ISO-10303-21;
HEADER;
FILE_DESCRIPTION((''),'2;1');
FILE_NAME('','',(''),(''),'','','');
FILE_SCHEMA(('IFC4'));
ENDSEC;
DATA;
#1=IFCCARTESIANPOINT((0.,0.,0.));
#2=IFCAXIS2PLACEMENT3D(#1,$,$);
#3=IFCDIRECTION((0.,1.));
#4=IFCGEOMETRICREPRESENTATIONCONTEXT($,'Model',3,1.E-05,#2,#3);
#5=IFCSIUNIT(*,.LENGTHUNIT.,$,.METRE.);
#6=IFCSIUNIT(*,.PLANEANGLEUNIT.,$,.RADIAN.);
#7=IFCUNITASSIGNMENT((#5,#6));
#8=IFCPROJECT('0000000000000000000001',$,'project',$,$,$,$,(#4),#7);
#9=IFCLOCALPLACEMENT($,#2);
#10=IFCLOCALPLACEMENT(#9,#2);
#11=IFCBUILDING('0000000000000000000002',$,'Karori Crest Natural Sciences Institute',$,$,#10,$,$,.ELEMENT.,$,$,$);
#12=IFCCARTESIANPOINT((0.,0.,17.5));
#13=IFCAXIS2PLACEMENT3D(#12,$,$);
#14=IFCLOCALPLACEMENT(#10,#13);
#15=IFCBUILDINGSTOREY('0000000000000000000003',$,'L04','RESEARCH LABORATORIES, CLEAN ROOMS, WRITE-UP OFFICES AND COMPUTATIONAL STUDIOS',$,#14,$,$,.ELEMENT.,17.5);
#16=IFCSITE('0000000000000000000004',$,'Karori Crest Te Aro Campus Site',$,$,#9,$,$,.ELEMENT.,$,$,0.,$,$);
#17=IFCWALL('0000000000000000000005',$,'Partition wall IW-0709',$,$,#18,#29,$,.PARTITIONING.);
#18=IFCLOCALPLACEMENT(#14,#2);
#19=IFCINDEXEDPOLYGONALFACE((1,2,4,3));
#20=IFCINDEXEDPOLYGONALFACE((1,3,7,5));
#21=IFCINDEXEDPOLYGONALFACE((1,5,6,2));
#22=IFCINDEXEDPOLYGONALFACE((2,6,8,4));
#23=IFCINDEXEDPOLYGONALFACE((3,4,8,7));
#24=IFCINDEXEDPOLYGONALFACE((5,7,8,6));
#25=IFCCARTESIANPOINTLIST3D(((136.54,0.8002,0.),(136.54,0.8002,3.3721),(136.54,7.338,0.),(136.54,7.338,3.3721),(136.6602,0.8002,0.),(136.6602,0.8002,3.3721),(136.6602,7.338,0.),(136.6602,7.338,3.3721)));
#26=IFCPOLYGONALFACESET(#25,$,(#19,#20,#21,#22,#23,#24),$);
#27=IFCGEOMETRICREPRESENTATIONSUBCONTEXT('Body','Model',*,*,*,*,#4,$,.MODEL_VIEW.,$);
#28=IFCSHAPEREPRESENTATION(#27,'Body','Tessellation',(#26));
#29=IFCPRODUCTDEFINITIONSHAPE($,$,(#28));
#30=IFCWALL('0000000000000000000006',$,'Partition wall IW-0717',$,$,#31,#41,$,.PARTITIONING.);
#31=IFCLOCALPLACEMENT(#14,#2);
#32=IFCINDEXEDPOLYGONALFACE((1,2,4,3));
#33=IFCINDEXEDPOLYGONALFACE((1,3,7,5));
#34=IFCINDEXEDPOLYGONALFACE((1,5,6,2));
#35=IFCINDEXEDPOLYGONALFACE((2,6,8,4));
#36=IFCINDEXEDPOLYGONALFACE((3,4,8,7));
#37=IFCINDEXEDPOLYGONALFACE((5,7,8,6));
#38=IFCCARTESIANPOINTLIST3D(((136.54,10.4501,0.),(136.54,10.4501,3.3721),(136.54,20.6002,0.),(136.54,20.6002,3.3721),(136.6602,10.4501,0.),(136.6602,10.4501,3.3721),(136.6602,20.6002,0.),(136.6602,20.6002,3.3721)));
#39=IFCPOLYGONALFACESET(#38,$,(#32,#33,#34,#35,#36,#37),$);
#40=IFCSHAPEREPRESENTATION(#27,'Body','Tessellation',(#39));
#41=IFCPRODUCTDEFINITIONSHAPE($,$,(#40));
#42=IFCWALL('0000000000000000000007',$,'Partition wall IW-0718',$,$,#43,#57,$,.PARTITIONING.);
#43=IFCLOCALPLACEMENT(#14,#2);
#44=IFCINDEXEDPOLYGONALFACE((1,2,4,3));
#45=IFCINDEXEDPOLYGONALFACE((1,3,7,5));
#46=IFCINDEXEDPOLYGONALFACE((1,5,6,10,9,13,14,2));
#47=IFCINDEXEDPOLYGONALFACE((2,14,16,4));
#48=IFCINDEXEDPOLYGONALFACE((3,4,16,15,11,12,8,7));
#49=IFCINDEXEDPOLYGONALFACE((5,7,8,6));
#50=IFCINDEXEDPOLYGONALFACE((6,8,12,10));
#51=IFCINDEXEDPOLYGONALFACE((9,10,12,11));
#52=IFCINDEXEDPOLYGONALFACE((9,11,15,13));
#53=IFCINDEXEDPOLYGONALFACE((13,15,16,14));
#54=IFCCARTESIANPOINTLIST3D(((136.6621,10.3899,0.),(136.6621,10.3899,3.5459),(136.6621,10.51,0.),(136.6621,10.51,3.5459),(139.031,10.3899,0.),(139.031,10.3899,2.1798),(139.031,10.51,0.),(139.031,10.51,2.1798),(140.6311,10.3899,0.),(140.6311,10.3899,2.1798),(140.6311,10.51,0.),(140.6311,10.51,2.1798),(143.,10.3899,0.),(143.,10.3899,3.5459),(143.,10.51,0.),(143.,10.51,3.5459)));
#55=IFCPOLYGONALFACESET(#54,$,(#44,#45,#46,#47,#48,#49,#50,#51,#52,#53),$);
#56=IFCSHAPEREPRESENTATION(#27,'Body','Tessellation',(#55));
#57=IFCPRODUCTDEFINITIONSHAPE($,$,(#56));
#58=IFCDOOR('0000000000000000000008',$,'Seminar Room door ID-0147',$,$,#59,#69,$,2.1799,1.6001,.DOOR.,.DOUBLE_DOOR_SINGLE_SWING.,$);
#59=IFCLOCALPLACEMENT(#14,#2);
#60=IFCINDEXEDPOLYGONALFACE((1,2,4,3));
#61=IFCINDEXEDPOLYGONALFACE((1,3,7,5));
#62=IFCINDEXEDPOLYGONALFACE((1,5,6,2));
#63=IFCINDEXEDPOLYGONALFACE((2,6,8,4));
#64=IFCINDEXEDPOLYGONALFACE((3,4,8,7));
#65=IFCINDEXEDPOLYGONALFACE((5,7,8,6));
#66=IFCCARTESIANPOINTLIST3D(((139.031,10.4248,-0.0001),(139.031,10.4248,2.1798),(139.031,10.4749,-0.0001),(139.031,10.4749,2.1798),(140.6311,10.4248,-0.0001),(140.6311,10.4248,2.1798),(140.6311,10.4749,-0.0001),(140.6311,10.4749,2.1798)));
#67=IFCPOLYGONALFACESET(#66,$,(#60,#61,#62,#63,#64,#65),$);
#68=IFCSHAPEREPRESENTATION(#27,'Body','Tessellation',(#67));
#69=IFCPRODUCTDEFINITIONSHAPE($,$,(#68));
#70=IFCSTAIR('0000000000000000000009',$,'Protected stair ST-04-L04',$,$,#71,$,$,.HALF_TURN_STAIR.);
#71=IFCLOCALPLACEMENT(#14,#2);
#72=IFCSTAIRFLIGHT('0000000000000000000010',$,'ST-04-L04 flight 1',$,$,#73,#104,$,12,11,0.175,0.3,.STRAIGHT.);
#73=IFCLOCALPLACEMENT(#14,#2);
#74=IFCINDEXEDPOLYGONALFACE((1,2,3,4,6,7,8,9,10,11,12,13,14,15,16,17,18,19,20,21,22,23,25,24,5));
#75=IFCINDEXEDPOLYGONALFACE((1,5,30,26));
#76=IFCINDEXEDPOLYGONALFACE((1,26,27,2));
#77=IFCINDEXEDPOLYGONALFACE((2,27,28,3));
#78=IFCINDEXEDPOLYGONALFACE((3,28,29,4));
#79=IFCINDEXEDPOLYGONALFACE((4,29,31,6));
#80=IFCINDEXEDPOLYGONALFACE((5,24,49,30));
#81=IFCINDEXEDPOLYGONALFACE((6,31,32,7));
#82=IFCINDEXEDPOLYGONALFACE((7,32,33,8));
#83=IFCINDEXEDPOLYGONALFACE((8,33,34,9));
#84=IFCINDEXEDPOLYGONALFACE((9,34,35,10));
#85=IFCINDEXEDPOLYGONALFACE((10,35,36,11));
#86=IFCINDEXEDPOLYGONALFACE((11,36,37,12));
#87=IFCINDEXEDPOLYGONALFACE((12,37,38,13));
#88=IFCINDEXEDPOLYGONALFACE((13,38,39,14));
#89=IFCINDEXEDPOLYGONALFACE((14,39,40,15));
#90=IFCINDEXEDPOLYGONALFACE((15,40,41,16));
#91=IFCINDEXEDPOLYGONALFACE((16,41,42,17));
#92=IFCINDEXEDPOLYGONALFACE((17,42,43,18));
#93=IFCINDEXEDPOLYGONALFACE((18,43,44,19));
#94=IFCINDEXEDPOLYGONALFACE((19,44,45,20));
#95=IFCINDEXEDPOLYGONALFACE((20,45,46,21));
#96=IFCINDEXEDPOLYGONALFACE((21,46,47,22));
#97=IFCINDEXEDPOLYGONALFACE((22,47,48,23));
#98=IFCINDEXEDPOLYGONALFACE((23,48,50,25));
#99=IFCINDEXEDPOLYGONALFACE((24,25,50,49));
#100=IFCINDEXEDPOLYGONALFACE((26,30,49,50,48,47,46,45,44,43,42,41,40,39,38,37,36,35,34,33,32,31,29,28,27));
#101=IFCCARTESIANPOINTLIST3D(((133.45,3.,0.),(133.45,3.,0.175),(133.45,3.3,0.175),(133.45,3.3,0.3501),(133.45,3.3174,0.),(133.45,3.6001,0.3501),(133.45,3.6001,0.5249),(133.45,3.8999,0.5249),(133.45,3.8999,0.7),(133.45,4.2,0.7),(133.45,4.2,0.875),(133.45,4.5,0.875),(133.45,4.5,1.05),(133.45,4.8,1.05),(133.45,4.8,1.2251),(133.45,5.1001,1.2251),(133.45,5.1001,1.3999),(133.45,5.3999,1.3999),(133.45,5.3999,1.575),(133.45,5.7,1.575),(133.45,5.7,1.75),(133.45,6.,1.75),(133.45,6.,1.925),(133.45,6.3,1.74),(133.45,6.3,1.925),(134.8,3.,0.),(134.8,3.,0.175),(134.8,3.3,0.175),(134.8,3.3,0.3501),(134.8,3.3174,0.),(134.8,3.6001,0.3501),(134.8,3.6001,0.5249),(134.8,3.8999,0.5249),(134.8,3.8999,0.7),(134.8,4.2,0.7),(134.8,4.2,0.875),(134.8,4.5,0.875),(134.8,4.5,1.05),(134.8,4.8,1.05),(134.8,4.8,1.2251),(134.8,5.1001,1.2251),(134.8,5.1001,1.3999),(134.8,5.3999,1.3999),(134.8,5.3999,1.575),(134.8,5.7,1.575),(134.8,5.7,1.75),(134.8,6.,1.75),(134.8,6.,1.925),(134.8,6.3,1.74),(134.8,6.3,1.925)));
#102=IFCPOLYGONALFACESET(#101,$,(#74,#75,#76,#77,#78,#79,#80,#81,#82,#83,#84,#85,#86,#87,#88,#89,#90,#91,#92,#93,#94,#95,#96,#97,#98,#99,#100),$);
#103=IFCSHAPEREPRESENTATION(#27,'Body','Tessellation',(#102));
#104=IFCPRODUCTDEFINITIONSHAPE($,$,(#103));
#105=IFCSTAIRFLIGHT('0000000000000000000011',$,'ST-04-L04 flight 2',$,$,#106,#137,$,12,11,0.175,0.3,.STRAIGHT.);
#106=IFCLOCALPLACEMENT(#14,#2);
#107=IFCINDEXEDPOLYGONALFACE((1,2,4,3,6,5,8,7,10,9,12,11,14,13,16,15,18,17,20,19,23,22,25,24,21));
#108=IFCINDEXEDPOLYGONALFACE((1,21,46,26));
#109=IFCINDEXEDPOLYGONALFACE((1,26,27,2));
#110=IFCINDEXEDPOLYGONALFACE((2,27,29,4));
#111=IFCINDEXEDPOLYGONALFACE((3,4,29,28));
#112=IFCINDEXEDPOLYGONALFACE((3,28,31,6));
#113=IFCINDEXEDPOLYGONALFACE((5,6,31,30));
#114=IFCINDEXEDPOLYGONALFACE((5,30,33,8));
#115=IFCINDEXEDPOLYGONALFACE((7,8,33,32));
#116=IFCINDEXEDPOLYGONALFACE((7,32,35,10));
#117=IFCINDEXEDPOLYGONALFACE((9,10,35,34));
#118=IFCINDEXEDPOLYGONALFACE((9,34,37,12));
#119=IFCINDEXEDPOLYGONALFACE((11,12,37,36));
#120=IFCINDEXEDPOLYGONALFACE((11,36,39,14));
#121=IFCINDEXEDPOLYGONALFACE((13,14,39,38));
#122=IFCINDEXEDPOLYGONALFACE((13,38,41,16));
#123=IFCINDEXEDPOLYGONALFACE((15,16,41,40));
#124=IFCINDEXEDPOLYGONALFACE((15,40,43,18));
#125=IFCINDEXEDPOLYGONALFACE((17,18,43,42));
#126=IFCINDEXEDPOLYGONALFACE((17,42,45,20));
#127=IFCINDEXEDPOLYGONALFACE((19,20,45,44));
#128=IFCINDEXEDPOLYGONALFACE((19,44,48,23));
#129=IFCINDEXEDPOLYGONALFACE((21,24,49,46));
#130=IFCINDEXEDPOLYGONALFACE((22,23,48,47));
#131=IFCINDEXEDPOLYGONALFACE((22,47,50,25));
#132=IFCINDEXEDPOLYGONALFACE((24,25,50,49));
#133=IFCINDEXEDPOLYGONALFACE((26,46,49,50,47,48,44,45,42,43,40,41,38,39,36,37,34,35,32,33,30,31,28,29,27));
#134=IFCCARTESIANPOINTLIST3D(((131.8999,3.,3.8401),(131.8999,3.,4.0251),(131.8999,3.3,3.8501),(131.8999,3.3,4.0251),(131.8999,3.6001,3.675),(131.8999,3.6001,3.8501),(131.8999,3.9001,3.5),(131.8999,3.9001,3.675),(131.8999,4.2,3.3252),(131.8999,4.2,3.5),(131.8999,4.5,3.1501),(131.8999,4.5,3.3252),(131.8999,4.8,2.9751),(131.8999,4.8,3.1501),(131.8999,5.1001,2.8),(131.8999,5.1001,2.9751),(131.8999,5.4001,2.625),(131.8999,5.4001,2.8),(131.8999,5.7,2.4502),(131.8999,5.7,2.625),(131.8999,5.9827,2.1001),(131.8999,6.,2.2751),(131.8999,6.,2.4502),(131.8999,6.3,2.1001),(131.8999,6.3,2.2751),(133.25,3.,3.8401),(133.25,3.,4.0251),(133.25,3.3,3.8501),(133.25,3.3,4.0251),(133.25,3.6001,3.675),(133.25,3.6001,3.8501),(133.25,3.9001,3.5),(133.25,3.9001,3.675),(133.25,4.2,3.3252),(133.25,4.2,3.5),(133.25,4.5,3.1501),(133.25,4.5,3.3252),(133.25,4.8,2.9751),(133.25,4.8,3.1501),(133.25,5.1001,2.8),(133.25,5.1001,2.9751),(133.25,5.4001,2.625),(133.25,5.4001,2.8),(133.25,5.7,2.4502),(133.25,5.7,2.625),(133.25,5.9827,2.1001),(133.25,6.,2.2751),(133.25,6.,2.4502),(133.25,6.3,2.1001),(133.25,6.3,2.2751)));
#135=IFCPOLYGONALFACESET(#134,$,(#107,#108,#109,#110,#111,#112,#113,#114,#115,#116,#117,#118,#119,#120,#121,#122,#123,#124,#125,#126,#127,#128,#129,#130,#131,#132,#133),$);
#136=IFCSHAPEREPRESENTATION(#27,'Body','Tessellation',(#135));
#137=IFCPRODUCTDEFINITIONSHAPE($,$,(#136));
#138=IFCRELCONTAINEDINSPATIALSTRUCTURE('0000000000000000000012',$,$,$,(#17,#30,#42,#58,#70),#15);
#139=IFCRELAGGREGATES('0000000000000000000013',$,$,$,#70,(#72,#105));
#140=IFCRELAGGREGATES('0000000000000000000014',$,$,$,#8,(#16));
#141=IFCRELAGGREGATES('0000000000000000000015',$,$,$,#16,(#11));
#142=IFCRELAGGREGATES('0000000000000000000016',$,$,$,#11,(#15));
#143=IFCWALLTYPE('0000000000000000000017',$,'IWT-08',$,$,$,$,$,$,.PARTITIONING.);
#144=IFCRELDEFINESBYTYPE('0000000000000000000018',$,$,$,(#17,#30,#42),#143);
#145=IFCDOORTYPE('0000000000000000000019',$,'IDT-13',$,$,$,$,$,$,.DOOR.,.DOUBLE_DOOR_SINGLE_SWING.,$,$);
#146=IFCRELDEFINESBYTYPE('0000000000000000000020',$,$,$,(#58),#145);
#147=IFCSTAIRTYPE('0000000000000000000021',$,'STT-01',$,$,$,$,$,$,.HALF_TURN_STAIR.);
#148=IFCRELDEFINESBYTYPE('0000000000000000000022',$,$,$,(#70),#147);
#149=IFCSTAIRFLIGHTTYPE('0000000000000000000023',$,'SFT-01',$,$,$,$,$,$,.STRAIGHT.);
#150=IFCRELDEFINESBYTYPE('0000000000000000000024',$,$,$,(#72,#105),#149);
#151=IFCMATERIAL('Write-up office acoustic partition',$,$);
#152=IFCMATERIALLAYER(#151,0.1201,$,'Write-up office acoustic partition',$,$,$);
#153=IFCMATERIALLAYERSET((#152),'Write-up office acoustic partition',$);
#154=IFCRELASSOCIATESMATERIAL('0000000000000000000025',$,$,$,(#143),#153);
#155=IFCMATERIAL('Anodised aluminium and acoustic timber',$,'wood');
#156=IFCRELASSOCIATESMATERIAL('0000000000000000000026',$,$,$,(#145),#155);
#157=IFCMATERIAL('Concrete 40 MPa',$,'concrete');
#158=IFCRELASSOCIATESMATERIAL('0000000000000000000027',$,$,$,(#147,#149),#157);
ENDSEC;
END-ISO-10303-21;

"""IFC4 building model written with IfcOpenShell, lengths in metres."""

from ifc_helpers import new_model, si_unit, direction, frame, frame_2d, origin, place, context, subcontext, project, spatial, polyline, rectangle, outline, extrude, material, layer, layer_set, type_object, element, fill, aggregate, save


model = new_model("IFC4")

# Units and contexts
model_context = context("Model", 3, precision=1e-05, world=origin(), true_north=direction((0.0, 1.0)))
body_context = subcontext(model_context, "Body", "Model", "MODEL_VIEW")
ifc_project = project(units=[si_unit("LENGTHUNIT", "METRE"), si_unit("PLANEANGLEUNIT", "RADIAN")], contexts=[model_context])

# Site, building, storey
site_placement = place(None, origin())
site = spatial("IfcSite", under=ifc_project, at=site_placement, Name="Karori Crest Te Aro Campus Site", CompositionType="ELEMENT", RefElevation=0.0)
building_placement = place(site_placement, origin())
building = spatial("IfcBuilding", under=site, at=building_placement, Name="Karori Crest Natural Sciences Institute", CompositionType="ELEMENT")
storey_placement = place(building_placement, frame((0.0, 0.0, 17.5)))
storey = spatial("IfcBuildingStorey", under=building, at=storey_placement, Name="L04", Description="RESEARCH LABORATORIES, CLEAN ROOMS, WRITE-UP OFFICES AND COMPUTATIONAL STUDIOS", CompositionType="ELEMENT", Elevation=17.5)

# Shared definitions
ifc_material_1 = material(Name="Concrete 40 MPa", Category="concrete")

# Shared definitions
ifc_material_2 = material(Name="Write-up office acoustic partition")
ifc_layer_1 = layer(ifc_material_2, 0.1201, Name="Write-up office acoustic partition")
ifc_layer_set_1 = layer_set([ifc_layer_1], Name="Write-up office acoustic partition")
wall_type_1 = type_object("IfcWallType", Name="IWT-08", PredefinedType="PARTITIONING", material=ifc_layer_set_1)
ifc_material_3 = material(Name="Anodised aluminium and acoustic timber", Category="wood")

# Walls
wall_1_placement = place(storey_placement, frame((136.6001, 0.8, 0.0), z_axis=(0.0, 0.0, 1.0), x_axis=(0.0, 1.0, 0.0)))
element("IfcWall", 1, at=wall_1_placement, inside=storey, type_object=wall_type_1, Name="Partition wall IW-0709", PredefinedType="PARTITIONING", context=body_context, shape_type="SweptSolid", body=[
    extrude(rectangle(XDim=6.5378, YDim=0.1201, at=frame_2d((3.269, 0.0))), origin(), (0.0, 0.0, 1.0), 3.3721),
])
wall_2_placement = place(storey_placement, frame((136.6001, 10.45, 0.0), z_axis=(0.0, 0.0, 1.0), x_axis=(0.0, 1.0, 0.0)))
element("IfcWall", 2, at=wall_2_placement, inside=storey, type_object=wall_type_1, Name="Partition wall IW-0717", PredefinedType="PARTITIONING", context=body_context, shape_type="SweptSolid", body=[
    extrude(rectangle(XDim=10.1501, YDim=0.1201, at=frame_2d((5.0752, 0.0))), origin(), (0.0, 0.0, 1.0), 3.3721),
])

# Wall, opening, door
wall_3_placement = place(storey_placement, frame((136.6621, 10.45, 0.0), z_axis=(0.0, 0.0, 1.0), x_axis=(1.0, 0.0, 0.0)))
wall_3 = element("IfcWall", 3, at=wall_3_placement, inside=storey, type_object=wall_type_1, Name="Partition wall IW-0718", PredefinedType="PARTITIONING", context=body_context, shape_type="SweptSolid", body=[
    extrude(rectangle(XDim=6.3379, YDim=0.1201, at=frame_2d((3.1689, 0.0))), origin(), (0.0, 0.0, 1.0), 3.5459),
])
opening_1_placement = place(wall_3_placement, frame((2.3689, 0.0, 0.0)))
opening_1 = element("IfcOpeningElement", 4, at=opening_1_placement, cuts=wall_3, PredefinedType="OPENING", context=body_context, shape_type="SweptSolid", body=[
    extrude(rectangle(XDim=1.6001, YDim=2.1799, at=frame_2d((0.8, 1.0898))), frame((0.0, 0.0701, 0.0), z_axis=(0.0, -1.0, 0.0), x_axis=(1.0, 0.0, 0.0)), (0.0, 0.0, 1.0), 0.1401),
])
door_type_1 = type_object("IfcDoorType", Name="IDT-13", OperationType="DOUBLE_DOOR_SINGLE_SWING", PredefinedType="DOOR", material=ifc_material_3)
door_1_placement = place(opening_1_placement, origin())
door_1 = element("IfcDoor", 5, at=door_1_placement, inside=storey, type_object=door_type_1, Name="Seminar Room door ID-0147", OperationType="DOUBLE_DOOR_SINGLE_SWING", OverallHeight=2.1799, OverallWidth=1.6001, PredefinedType="DOOR", context=body_context, shape_type="SweptSolid", body=[
    extrude(rectangle(XDim=1.6001, YDim=2.1799, at=frame_2d((0.8, 1.0898))), frame((0.0, 0.0249, 0.0), z_axis=(0.0, -1.0, 0.0), x_axis=(1.0, 0.0, 0.0)), (0.0, 0.0, 1.0), 0.05),
])
fill(opening_1, door_1)

# Stair, stair flights
stair_type = type_object("IfcStairType", Name="STT-01", PredefinedType="HALF_TURN_STAIR", material=ifc_material_1)
stair_placement = place(storey_placement, origin())
stair = element("IfcStair", 6, at=stair_placement, inside=storey, type_object=stair_type, Name="Protected stair ST-04-L04", PredefinedType="HALF_TURN_STAIR")
stair_flight_type = type_object("IfcStairFlightType", Name="SFT-01", PredefinedType="STRAIGHT", material=ifc_material_1)
stair_flight_1_placement = place(storey_placement, frame((134.125, 3.0, 0.0), z_axis=(0.0, 0.0, 1.0), x_axis=(0.0, 1.0, 0.0)))
stair_flight_1 = element("IfcStairFlight", 7, at=stair_flight_1_placement, type_object=stair_flight_type, Name="ST-04-L04 flight 1", NumberOfRisers=12, NumberOfTreads=11, PredefinedType="STRAIGHT", RiserHeight=0.175, TreadLength=0.3, context=body_context, shape_type="SweptSolid", body=[
    extrude(outline(polyline([(0.0, 0.0), (0.0, 0.175), (0.3, 0.175), (0.3, 0.3501), (0.6001, 0.3501), (0.6001, 0.5249), (0.8999, 0.5249), (0.8999, 0.7), (1.2, 0.7), (1.2, 0.875), (1.5, 0.875), (1.5, 1.05), (1.8, 1.05), (1.8, 1.2251), (2.1001, 1.2251), (2.1001, 1.3999), (2.3999, 1.3999), (2.3999, 1.575), (2.7, 1.575), (2.7, 1.75), (3.0, 1.75), (3.0, 1.925), (3.3, 1.925), (3.3, 2.1001), (3.3, 1.74), (0.3174, 0.0), (0.0, 0.0)])), frame((0.0, 0.675, 0.0), z_axis=(0.0, -1.0, 0.0), x_axis=(1.0, 0.0, 0.0)), (0.0, 0.0, 1.0), 1.3501),
])
stair_flight_2_placement = place(storey_placement, frame((132.575, 6.3, 2.1001), z_axis=(0.0, 0.0, 1.0), x_axis=(0.0, -1.0, 0.0)))
stair_flight_2 = element("IfcStairFlight", 8, at=stair_flight_2_placement, type_object=stair_flight_type, Name="ST-04-L04 flight 2", NumberOfRisers=12, NumberOfTreads=11, PredefinedType="STRAIGHT", RiserHeight=0.175, TreadLength=0.3, context=body_context, shape_type="SweptSolid", body=[
    extrude(outline(polyline([(0.0, 0.0), (0.0, 0.175), (0.3, 0.175), (0.3, 0.3501), (0.6001, 0.3501), (0.6001, 0.5249), (0.8999, 0.5249), (0.8999, 0.7), (1.2, 0.7), (1.2, 0.875), (1.5, 0.875), (1.5, 1.05), (1.8, 1.05), (1.8, 1.2251), (2.1001, 1.2251), (2.1001, 1.3999), (2.3999, 1.3999), (2.3999, 1.575), (2.7, 1.575), (2.7, 1.75), (3.0, 1.75), (3.0, 1.925), (3.3, 1.925), (3.3, 2.1001), (3.3, 1.74), (0.3174, 0.0), (0.0, 0.0)])), frame((0.0, 0.675, 0.0), z_axis=(0.0, -1.0, 0.0), x_axis=(1.0, 0.0, 0.0)), (0.0, 0.0, 1.0), 1.3501),
])
aggregate(stair, [stair_flight_1, stair_flight_2])

save(model, "model.ifc")
